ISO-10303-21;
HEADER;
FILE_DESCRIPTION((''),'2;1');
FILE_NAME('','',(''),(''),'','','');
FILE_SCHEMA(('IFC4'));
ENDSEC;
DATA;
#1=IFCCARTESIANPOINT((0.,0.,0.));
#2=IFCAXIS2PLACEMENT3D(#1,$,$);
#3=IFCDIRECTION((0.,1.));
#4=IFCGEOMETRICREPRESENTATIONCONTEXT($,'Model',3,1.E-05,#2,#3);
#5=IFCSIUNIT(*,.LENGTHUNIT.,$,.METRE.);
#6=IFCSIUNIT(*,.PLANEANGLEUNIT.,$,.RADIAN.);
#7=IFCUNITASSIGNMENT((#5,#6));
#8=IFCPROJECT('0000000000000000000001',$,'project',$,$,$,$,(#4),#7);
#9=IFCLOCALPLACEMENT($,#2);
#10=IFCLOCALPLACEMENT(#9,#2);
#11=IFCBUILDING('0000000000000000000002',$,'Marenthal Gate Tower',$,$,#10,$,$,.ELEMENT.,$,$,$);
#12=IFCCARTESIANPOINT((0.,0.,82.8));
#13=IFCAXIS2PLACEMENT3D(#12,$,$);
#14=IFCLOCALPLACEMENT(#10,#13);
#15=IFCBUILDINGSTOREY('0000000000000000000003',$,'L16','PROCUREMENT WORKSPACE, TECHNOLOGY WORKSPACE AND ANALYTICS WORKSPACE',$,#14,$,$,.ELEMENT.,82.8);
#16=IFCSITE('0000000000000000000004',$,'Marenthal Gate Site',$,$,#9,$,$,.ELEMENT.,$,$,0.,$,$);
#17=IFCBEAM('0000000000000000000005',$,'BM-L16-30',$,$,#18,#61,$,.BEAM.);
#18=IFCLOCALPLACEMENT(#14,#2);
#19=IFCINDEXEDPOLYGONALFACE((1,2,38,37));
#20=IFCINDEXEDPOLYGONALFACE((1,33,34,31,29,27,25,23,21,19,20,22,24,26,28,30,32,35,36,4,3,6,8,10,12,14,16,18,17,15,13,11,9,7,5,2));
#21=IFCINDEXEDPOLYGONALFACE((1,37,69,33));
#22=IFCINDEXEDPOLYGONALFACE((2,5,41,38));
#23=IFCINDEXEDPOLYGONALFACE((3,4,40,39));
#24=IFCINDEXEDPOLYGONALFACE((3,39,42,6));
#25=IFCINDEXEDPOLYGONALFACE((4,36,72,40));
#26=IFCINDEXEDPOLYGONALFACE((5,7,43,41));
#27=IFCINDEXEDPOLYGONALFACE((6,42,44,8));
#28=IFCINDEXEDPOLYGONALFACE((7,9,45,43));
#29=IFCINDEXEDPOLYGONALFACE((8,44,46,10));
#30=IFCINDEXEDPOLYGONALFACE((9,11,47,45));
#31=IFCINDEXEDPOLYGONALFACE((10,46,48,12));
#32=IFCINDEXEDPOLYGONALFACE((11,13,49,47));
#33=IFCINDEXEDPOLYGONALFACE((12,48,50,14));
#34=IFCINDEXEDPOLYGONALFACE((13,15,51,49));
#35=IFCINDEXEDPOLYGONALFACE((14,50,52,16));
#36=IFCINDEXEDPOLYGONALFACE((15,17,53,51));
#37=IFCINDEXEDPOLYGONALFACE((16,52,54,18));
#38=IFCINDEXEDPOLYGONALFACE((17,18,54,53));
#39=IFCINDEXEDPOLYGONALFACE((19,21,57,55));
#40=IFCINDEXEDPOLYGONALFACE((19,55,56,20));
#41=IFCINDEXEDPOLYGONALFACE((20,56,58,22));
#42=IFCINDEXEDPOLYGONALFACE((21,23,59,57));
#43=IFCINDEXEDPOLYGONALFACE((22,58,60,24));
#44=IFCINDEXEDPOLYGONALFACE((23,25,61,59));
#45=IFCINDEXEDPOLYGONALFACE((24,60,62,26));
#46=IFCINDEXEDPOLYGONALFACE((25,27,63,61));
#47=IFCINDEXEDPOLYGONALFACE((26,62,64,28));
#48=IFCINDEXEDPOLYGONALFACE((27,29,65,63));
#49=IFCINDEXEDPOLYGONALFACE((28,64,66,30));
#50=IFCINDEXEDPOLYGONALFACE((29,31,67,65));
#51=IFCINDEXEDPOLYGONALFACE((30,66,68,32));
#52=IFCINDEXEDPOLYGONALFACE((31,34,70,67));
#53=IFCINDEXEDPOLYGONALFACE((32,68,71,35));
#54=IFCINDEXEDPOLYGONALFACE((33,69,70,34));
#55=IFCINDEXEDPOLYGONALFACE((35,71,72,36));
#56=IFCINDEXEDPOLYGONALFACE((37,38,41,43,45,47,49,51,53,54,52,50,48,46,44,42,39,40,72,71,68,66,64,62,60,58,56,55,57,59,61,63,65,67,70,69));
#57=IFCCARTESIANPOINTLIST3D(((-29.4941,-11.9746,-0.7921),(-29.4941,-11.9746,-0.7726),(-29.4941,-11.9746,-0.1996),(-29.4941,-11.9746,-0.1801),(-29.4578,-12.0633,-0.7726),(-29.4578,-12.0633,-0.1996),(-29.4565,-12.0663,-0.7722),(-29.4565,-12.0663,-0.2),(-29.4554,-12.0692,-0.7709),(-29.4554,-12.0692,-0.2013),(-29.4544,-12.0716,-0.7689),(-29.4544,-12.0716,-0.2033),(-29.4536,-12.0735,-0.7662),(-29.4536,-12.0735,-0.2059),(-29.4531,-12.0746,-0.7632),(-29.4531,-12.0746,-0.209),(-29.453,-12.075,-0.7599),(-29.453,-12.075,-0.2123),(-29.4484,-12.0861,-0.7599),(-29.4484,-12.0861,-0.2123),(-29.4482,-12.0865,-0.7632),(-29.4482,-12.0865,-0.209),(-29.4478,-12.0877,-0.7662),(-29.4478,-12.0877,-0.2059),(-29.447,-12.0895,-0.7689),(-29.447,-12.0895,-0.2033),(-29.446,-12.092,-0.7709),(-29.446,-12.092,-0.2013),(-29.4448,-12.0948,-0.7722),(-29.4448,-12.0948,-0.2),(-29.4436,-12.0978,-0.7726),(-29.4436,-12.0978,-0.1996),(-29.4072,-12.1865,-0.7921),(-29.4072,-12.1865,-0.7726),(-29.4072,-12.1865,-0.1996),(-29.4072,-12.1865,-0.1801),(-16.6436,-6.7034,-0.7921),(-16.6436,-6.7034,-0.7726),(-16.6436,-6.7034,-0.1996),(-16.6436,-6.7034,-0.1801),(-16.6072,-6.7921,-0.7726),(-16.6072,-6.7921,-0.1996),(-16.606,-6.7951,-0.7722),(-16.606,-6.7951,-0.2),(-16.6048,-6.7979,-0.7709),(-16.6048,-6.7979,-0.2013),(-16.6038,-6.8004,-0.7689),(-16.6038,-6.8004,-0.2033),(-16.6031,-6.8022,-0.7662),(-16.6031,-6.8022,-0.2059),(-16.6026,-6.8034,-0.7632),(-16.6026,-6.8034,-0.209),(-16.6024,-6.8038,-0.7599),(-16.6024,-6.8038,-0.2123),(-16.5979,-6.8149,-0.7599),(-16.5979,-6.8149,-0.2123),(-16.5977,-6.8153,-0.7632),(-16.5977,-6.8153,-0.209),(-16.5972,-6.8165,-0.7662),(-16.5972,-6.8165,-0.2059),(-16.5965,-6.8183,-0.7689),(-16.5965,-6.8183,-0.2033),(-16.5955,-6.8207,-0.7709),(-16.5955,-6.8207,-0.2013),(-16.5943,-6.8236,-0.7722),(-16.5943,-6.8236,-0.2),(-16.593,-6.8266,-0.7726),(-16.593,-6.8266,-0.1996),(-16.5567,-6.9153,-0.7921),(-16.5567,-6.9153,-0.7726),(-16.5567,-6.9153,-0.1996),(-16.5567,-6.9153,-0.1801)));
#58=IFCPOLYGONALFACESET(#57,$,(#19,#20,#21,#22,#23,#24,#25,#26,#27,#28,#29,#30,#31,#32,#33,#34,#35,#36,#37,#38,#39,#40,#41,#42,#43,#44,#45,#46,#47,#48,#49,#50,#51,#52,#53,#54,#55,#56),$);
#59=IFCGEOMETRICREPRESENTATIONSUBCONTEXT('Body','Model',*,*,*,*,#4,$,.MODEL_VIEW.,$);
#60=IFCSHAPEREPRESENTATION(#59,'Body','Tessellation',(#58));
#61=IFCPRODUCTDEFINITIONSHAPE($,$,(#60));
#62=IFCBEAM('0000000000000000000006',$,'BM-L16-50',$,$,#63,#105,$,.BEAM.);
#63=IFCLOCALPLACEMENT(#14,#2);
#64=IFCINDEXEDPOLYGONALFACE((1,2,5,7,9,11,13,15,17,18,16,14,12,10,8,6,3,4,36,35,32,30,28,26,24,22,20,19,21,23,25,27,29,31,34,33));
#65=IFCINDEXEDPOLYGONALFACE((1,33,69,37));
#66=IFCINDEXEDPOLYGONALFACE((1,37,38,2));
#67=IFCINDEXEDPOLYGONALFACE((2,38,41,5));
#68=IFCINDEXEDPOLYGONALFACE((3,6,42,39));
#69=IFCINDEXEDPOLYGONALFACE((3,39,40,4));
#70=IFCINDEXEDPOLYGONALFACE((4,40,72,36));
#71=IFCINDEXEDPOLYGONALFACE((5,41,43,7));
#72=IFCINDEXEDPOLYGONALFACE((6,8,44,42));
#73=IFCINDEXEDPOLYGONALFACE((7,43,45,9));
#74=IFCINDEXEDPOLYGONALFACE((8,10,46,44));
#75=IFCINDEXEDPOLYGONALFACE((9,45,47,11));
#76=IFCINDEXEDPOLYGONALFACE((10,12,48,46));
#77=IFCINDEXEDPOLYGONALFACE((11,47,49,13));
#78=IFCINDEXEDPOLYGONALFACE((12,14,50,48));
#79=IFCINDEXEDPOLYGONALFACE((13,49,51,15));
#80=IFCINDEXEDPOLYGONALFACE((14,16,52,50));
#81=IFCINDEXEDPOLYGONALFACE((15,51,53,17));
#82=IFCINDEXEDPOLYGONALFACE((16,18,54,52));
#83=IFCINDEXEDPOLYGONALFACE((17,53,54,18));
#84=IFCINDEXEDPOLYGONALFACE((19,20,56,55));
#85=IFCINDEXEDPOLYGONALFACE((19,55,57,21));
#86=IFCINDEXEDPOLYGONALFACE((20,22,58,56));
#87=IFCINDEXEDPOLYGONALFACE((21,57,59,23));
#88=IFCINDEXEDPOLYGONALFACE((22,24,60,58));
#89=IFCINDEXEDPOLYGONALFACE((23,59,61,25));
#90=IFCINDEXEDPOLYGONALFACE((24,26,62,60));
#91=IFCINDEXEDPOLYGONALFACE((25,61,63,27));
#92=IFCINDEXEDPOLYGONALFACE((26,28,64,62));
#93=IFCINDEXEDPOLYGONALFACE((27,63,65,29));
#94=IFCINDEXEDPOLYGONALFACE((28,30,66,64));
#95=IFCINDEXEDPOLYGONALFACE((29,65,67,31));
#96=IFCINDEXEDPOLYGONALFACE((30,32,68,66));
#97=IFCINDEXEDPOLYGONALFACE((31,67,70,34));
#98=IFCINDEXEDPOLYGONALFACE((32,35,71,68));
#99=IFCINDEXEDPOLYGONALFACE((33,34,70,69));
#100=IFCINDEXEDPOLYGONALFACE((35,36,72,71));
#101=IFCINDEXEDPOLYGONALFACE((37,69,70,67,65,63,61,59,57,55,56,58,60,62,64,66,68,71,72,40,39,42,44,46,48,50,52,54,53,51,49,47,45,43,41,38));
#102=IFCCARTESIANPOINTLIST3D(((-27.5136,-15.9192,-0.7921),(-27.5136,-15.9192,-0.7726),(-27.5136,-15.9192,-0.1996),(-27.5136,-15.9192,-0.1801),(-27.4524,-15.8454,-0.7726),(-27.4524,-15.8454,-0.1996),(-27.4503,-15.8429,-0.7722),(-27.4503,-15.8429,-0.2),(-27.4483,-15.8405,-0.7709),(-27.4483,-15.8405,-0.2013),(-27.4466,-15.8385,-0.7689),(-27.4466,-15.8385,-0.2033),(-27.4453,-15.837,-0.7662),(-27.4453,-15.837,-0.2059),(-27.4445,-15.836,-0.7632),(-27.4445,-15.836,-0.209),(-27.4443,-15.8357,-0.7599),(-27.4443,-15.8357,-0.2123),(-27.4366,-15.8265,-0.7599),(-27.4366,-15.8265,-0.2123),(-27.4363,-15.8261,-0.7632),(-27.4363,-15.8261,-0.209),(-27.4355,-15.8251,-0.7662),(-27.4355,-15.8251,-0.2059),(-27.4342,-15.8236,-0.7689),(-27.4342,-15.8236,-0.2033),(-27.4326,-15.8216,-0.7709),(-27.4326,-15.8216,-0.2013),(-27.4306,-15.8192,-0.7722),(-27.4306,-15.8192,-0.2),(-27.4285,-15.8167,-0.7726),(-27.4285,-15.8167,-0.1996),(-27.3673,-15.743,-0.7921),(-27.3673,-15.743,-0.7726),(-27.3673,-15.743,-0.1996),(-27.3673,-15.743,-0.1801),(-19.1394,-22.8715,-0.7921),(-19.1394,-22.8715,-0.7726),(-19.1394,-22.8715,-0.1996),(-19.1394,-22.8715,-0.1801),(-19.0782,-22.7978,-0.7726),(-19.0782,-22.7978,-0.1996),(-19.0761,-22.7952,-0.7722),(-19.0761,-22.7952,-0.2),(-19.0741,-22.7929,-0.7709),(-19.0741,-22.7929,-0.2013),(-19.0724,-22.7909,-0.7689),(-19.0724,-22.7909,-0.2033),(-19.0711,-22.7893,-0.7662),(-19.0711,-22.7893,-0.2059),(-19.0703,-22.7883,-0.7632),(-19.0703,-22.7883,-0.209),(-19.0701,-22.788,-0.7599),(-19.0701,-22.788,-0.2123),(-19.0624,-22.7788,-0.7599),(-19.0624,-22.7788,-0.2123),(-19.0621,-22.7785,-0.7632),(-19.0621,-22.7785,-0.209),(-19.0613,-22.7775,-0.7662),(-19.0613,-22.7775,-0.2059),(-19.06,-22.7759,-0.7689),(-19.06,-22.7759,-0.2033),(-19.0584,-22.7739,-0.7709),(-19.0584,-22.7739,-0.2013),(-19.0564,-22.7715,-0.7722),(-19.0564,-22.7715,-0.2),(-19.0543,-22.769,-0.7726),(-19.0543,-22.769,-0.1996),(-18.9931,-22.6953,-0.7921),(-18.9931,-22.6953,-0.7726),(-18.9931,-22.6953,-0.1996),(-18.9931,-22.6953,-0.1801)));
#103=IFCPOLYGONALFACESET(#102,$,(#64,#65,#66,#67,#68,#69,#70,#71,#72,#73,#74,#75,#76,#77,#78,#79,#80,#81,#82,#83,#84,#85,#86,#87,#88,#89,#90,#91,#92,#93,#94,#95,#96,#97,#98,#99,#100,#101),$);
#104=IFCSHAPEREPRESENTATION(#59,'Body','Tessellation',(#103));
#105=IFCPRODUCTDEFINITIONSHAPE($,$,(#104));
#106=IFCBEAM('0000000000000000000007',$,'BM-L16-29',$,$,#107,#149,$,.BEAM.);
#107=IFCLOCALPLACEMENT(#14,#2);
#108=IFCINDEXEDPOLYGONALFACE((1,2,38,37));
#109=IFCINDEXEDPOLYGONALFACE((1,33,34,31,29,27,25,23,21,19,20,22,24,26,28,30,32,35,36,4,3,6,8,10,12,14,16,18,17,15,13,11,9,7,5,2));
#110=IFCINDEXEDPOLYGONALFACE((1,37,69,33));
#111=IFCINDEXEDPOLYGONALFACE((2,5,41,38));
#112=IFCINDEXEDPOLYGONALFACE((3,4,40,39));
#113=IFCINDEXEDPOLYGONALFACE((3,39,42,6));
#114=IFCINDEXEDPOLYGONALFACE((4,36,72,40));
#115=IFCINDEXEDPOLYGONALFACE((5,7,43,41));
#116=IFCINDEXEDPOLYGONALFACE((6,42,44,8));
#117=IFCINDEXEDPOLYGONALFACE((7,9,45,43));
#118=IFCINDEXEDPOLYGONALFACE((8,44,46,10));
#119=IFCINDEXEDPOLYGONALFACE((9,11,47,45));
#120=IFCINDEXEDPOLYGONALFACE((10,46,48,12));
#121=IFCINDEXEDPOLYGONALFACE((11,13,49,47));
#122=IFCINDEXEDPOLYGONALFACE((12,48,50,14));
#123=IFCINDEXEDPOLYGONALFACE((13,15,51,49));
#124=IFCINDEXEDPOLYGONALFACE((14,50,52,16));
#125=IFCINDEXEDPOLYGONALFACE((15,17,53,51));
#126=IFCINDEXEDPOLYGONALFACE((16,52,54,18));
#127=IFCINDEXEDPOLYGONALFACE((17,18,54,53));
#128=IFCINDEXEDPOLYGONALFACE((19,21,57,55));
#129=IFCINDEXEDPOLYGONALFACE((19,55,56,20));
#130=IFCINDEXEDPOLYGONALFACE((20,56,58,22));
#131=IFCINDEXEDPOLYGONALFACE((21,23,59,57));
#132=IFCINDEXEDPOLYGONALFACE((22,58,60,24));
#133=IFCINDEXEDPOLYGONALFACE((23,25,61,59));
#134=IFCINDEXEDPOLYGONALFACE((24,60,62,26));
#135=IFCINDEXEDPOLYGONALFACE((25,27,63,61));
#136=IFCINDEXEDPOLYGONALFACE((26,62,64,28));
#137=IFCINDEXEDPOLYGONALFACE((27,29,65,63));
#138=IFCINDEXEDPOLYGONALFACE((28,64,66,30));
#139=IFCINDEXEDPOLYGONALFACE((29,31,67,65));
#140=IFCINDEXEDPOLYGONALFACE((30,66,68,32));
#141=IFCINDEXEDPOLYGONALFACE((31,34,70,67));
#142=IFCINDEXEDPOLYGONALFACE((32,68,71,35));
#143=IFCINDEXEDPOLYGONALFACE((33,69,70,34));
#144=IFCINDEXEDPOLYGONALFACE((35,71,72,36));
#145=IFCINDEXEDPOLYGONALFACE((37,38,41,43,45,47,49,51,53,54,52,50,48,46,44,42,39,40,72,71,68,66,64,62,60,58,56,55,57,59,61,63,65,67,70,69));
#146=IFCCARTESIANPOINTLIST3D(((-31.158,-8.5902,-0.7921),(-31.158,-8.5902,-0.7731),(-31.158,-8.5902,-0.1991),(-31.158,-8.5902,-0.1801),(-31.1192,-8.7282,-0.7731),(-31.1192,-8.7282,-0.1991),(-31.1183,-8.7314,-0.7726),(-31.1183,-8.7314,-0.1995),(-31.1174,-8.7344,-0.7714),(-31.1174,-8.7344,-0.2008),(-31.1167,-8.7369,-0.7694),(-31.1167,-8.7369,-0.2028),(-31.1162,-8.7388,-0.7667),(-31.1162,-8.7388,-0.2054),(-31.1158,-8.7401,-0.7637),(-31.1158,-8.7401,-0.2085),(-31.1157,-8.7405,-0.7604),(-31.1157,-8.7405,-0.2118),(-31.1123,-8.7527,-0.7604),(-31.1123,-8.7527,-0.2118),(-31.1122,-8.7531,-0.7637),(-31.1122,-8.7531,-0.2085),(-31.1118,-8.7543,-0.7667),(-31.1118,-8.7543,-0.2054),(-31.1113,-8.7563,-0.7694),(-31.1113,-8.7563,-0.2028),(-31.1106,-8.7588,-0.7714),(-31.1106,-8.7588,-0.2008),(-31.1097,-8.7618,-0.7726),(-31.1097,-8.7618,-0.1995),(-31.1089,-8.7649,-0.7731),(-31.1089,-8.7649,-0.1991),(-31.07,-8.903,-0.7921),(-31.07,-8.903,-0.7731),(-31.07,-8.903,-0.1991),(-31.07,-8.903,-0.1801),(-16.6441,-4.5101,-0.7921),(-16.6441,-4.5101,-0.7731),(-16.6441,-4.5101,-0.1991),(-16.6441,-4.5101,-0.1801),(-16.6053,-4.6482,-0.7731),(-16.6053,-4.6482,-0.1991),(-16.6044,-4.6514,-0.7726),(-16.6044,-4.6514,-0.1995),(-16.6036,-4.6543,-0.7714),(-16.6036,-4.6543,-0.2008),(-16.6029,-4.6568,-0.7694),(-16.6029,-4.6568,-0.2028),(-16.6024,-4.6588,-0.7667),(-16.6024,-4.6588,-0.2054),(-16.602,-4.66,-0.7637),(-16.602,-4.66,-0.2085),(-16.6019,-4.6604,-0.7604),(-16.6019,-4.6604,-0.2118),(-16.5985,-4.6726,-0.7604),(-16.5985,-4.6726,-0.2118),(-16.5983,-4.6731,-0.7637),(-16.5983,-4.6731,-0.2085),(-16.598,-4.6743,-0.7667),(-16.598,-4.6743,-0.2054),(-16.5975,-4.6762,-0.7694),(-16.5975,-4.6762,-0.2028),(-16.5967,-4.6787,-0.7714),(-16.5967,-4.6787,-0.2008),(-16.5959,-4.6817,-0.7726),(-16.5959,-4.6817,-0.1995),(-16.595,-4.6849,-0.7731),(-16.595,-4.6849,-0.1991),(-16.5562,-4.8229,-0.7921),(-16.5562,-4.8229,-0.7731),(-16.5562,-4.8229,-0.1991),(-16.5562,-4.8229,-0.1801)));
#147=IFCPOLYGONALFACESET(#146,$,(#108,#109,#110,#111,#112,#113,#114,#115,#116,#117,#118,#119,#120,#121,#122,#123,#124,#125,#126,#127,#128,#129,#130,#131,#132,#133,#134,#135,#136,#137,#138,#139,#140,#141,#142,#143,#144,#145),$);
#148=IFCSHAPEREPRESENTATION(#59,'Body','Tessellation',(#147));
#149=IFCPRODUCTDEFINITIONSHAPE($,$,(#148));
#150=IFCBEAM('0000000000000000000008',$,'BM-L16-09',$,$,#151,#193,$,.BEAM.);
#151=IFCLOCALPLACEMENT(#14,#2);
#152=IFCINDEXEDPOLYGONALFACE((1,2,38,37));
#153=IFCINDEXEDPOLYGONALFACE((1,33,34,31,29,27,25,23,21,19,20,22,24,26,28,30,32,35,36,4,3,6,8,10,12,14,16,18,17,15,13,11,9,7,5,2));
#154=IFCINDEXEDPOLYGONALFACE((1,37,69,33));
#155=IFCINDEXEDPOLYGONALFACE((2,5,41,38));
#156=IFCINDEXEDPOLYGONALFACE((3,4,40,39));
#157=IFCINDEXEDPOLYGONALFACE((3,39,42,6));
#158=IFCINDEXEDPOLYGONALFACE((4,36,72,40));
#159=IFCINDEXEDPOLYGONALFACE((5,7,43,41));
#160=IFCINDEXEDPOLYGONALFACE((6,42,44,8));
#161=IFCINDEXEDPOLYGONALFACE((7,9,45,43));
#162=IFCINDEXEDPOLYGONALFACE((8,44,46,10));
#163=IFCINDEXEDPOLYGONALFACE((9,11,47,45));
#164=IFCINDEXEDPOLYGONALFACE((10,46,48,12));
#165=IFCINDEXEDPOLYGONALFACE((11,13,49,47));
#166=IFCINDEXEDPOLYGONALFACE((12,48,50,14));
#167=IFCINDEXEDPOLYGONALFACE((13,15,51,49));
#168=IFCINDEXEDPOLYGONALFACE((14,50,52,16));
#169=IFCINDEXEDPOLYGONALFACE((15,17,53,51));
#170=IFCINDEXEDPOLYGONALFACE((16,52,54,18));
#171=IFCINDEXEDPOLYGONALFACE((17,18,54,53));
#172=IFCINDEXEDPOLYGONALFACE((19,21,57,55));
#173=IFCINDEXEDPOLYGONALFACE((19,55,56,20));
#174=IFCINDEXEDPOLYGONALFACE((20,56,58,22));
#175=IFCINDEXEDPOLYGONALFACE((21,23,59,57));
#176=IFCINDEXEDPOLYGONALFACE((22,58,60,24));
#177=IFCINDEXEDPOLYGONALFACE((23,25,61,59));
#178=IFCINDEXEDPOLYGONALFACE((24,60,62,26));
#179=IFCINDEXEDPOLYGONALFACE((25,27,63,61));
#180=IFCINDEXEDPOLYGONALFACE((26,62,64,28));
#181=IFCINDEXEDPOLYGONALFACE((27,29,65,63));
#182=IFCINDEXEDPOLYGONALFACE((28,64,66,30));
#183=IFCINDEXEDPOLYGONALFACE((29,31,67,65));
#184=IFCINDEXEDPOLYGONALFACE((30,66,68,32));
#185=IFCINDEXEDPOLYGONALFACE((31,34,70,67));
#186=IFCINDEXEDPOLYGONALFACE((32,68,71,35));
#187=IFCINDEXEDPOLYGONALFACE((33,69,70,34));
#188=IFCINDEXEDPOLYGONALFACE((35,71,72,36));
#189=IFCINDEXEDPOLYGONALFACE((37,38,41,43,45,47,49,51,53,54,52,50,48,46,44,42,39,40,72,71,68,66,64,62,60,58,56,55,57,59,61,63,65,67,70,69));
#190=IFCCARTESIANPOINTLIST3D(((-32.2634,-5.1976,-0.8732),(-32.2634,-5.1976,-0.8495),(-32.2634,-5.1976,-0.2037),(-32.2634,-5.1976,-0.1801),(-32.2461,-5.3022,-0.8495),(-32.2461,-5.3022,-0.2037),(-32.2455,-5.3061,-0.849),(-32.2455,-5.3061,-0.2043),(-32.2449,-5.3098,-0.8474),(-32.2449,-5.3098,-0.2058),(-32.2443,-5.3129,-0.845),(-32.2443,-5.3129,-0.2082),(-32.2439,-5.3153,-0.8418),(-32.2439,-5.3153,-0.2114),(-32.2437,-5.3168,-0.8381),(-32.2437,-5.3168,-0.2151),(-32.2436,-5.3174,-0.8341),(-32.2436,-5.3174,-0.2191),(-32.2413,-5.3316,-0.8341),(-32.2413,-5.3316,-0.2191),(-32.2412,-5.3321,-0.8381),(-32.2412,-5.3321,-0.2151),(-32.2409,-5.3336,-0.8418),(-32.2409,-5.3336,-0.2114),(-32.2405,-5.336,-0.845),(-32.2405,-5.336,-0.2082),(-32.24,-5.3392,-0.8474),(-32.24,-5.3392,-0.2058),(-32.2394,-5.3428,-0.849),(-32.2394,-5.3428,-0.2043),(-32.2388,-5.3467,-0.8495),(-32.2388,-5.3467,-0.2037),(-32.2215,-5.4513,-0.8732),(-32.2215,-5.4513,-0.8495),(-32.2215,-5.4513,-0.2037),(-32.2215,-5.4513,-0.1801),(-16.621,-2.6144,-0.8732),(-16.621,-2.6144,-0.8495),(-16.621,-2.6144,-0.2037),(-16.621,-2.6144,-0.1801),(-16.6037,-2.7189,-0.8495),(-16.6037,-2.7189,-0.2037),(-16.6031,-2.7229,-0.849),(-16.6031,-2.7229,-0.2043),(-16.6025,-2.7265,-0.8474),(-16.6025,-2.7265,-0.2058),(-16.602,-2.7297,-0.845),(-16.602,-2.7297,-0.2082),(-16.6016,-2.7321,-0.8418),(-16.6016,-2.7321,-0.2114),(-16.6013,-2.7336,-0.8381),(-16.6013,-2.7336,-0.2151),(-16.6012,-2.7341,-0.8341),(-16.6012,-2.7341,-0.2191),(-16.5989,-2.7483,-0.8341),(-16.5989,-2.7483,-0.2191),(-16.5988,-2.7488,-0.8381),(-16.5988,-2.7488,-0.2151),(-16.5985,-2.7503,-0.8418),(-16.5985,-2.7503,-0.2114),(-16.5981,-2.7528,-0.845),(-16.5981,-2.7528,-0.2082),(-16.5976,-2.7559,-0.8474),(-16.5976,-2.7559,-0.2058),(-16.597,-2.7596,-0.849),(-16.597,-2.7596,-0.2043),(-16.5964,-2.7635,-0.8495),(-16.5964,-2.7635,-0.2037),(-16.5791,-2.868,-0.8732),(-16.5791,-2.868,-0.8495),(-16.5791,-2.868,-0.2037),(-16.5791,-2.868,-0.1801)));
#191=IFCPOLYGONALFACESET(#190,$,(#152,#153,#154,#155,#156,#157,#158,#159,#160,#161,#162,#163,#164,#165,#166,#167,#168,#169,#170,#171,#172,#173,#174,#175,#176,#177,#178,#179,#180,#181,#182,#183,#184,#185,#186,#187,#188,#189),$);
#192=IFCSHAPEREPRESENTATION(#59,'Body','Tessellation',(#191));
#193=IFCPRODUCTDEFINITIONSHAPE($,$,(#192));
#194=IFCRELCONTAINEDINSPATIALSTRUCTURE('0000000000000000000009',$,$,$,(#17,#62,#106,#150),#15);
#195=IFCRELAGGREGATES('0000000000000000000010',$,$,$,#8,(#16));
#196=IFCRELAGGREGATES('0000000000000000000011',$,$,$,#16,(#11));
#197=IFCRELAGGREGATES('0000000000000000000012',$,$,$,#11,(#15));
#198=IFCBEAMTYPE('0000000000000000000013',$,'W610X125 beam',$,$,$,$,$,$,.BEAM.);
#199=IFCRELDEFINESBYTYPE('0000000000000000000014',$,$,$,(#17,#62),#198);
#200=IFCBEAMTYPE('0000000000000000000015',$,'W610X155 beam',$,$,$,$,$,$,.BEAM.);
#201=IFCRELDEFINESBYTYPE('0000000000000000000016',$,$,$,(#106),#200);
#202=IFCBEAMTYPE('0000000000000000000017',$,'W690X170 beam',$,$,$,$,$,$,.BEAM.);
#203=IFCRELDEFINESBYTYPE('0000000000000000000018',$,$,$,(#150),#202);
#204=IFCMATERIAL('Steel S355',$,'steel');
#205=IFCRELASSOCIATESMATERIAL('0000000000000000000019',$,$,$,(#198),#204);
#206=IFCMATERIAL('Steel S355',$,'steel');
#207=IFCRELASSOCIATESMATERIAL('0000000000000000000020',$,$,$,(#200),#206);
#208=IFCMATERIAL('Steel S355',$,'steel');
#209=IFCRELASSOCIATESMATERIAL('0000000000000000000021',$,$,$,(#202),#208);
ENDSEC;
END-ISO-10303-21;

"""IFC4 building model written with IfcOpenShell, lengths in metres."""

from ifc_helpers import new_model, si_unit, direction, frame, origin, origin_2d, place, context, subcontext, project, spatial, i_section, extrude, material, material_profile, profile_set, type_object, element, save


model = new_model("IFC4")

# Units and contexts
model_context = context("Model", 3, precision=1e-05, world=origin(), true_north=direction((0.0, 1.0)))
body_context = subcontext(model_context, "Body", "Model", "MODEL_VIEW")
ifc_project = project(units=[si_unit("LENGTHUNIT", "METRE"), si_unit("PLANEANGLEUNIT", "RADIAN")], contexts=[model_context])

# Site, building, storey
site_placement = place(None, origin())
site = spatial("IfcSite", under=ifc_project, at=site_placement, Name="Marenthal Gate Site", CompositionType="ELEMENT", RefElevation=0.0)
building_placement = place(site_placement, origin())
building = spatial("IfcBuilding", under=site, at=building_placement, Name="Marenthal Gate Tower", CompositionType="ELEMENT")
storey_placement = place(building_placement, frame((0.0, 0.0, 82.8)))
storey = spatial("IfcBuildingStorey", under=building, at=storey_placement, Name="L16", Description="PROCUREMENT WORKSPACE, TECHNOLOGY WORKSPACE AND ANALYTICS WORKSPACE", CompositionType="ELEMENT", Elevation=82.8)

# Beams
ifc_material_1 = material(Name="Steel S355", Category="steel")
ifc_material_profile_1 = material_profile(ifc_material_1, i_section(OverallWidth=0.229, OverallDepth=0.6121, WebThickness=0.012, FlangeThickness=0.0195, FilletRadius=0.0127, at=origin_2d()), Name="W610X125")
ifc_profile_set_1 = profile_set([ifc_material_profile_1], Name="Steel S355")
beam_type_1 = type_object("IfcBeamType", Name="W610X125 beam", PredefinedType="BEAM", material=ifc_profile_set_1)
beam_1_placement = place(storey_placement, frame((-29.4507, -12.0806, -0.4861), z_axis=(0.925189, 0.379507, 0.0), x_axis=(-0.379507, 0.925189, 0.0)))
element("IfcBeam", 1, at=beam_1_placement, inside=storey, type_object=beam_type_1, Name="BM-L16-30", PredefinedType="BEAM", context=body_context, shape_type="SweptSolid", body=[
    extrude(i_section(OverallWidth=0.229, OverallDepth=0.6121, WebThickness=0.012, FlangeThickness=0.0195, FilletRadius=0.0127, at=origin_2d()), origin(), (0.0, 0.0, 1.0), 13.8896),
])
beam_2_placement = place(storey_placement, frame((-27.4404, -15.8311, -0.4861), z_axis=(0.769402, -0.638765, 0.0), x_axis=(0.638765, 0.769402, 0.0)))
element("IfcBeam", 2, at=beam_2_placement, inside=storey, type_object=beam_type_1, Name="BM-L16-50", PredefinedType="BEAM", context=body_context, shape_type="SweptSolid", body=[
    extrude(i_section(OverallWidth=0.229, OverallDepth=0.6121, WebThickness=0.012, FlangeThickness=0.0195, FilletRadius=0.0127, at=origin_2d()), origin(), (0.0, 0.0, 1.0), 10.884),
])
ifc_material_2 = material(Name="Steel S355", Category="steel")
ifc_material_profile_2 = material_profile(ifc_material_2, i_section(OverallWidth=0.325, OverallDepth=0.6121, WebThickness=0.0127, FlangeThickness=0.019, FilletRadius=0.0127, at=origin_2d()), Name="W610X155")
ifc_profile_set_2 = profile_set([ifc_material_profile_2], Name="Steel S355")
beam_type_2 = type_object("IfcBeamType", Name="W610X155 beam", PredefinedType="BEAM", material=ifc_profile_set_2)
beam_3_placement = place(storey_placement, frame((-31.114, -8.7466, -0.4861), z_axis=(0.962685, 0.270625, 0.0), x_axis=(-0.270625, 0.962685, 0.0)))
element("IfcBeam", 3, at=beam_3_placement, inside=storey, type_object=beam_type_2, Name="BM-L16-29", PredefinedType="BEAM", context=body_context, shape_type="SweptSolid", body=[
    extrude(i_section(OverallWidth=0.325, OverallDepth=0.6121, WebThickness=0.0127, FlangeThickness=0.019, FilletRadius=0.0127, at=origin_2d()), origin(), (0.0, 0.0, 1.0), 15.0764),
])
ifc_material_3 = material(Name="Steel S355", Category="steel")
ifc_material_profile_3 = material_profile(ifc_material_3, i_section(OverallWidth=0.2571, OverallDepth=0.6931, WebThickness=0.0144, FlangeThickness=0.0237, FilletRadius=0.0154, at=origin_2d()), Name="W690X170")
ifc_profile_set_3 = profile_set([ifc_material_profile_3], Name="Steel S355")
beam_type_3 = type_object("IfcBeamType", Name="W690X170 beam", PredefinedType="BEAM", material=ifc_profile_set_3)
beam_4_placement = place(storey_placement, frame((-32.2424, -5.3245, -0.5266), z_axis=(0.986636, 0.162938, 0.0), x_axis=(-0.162938, 0.986636, 0.0)))
element("IfcBeam", 4, at=beam_4_placement, inside=storey, type_object=beam_type_3, Name="BM-L16-09", PredefinedType="BEAM", context=body_context, shape_type="SweptSolid", body=[
    extrude(i_section(OverallWidth=0.2571, OverallDepth=0.6931, WebThickness=0.0144, FlangeThickness=0.0237, FilletRadius=0.0154, at=origin_2d()), origin(), (0.0, 0.0, 1.0), 15.8542),
])

save(model, "model.ifc")
